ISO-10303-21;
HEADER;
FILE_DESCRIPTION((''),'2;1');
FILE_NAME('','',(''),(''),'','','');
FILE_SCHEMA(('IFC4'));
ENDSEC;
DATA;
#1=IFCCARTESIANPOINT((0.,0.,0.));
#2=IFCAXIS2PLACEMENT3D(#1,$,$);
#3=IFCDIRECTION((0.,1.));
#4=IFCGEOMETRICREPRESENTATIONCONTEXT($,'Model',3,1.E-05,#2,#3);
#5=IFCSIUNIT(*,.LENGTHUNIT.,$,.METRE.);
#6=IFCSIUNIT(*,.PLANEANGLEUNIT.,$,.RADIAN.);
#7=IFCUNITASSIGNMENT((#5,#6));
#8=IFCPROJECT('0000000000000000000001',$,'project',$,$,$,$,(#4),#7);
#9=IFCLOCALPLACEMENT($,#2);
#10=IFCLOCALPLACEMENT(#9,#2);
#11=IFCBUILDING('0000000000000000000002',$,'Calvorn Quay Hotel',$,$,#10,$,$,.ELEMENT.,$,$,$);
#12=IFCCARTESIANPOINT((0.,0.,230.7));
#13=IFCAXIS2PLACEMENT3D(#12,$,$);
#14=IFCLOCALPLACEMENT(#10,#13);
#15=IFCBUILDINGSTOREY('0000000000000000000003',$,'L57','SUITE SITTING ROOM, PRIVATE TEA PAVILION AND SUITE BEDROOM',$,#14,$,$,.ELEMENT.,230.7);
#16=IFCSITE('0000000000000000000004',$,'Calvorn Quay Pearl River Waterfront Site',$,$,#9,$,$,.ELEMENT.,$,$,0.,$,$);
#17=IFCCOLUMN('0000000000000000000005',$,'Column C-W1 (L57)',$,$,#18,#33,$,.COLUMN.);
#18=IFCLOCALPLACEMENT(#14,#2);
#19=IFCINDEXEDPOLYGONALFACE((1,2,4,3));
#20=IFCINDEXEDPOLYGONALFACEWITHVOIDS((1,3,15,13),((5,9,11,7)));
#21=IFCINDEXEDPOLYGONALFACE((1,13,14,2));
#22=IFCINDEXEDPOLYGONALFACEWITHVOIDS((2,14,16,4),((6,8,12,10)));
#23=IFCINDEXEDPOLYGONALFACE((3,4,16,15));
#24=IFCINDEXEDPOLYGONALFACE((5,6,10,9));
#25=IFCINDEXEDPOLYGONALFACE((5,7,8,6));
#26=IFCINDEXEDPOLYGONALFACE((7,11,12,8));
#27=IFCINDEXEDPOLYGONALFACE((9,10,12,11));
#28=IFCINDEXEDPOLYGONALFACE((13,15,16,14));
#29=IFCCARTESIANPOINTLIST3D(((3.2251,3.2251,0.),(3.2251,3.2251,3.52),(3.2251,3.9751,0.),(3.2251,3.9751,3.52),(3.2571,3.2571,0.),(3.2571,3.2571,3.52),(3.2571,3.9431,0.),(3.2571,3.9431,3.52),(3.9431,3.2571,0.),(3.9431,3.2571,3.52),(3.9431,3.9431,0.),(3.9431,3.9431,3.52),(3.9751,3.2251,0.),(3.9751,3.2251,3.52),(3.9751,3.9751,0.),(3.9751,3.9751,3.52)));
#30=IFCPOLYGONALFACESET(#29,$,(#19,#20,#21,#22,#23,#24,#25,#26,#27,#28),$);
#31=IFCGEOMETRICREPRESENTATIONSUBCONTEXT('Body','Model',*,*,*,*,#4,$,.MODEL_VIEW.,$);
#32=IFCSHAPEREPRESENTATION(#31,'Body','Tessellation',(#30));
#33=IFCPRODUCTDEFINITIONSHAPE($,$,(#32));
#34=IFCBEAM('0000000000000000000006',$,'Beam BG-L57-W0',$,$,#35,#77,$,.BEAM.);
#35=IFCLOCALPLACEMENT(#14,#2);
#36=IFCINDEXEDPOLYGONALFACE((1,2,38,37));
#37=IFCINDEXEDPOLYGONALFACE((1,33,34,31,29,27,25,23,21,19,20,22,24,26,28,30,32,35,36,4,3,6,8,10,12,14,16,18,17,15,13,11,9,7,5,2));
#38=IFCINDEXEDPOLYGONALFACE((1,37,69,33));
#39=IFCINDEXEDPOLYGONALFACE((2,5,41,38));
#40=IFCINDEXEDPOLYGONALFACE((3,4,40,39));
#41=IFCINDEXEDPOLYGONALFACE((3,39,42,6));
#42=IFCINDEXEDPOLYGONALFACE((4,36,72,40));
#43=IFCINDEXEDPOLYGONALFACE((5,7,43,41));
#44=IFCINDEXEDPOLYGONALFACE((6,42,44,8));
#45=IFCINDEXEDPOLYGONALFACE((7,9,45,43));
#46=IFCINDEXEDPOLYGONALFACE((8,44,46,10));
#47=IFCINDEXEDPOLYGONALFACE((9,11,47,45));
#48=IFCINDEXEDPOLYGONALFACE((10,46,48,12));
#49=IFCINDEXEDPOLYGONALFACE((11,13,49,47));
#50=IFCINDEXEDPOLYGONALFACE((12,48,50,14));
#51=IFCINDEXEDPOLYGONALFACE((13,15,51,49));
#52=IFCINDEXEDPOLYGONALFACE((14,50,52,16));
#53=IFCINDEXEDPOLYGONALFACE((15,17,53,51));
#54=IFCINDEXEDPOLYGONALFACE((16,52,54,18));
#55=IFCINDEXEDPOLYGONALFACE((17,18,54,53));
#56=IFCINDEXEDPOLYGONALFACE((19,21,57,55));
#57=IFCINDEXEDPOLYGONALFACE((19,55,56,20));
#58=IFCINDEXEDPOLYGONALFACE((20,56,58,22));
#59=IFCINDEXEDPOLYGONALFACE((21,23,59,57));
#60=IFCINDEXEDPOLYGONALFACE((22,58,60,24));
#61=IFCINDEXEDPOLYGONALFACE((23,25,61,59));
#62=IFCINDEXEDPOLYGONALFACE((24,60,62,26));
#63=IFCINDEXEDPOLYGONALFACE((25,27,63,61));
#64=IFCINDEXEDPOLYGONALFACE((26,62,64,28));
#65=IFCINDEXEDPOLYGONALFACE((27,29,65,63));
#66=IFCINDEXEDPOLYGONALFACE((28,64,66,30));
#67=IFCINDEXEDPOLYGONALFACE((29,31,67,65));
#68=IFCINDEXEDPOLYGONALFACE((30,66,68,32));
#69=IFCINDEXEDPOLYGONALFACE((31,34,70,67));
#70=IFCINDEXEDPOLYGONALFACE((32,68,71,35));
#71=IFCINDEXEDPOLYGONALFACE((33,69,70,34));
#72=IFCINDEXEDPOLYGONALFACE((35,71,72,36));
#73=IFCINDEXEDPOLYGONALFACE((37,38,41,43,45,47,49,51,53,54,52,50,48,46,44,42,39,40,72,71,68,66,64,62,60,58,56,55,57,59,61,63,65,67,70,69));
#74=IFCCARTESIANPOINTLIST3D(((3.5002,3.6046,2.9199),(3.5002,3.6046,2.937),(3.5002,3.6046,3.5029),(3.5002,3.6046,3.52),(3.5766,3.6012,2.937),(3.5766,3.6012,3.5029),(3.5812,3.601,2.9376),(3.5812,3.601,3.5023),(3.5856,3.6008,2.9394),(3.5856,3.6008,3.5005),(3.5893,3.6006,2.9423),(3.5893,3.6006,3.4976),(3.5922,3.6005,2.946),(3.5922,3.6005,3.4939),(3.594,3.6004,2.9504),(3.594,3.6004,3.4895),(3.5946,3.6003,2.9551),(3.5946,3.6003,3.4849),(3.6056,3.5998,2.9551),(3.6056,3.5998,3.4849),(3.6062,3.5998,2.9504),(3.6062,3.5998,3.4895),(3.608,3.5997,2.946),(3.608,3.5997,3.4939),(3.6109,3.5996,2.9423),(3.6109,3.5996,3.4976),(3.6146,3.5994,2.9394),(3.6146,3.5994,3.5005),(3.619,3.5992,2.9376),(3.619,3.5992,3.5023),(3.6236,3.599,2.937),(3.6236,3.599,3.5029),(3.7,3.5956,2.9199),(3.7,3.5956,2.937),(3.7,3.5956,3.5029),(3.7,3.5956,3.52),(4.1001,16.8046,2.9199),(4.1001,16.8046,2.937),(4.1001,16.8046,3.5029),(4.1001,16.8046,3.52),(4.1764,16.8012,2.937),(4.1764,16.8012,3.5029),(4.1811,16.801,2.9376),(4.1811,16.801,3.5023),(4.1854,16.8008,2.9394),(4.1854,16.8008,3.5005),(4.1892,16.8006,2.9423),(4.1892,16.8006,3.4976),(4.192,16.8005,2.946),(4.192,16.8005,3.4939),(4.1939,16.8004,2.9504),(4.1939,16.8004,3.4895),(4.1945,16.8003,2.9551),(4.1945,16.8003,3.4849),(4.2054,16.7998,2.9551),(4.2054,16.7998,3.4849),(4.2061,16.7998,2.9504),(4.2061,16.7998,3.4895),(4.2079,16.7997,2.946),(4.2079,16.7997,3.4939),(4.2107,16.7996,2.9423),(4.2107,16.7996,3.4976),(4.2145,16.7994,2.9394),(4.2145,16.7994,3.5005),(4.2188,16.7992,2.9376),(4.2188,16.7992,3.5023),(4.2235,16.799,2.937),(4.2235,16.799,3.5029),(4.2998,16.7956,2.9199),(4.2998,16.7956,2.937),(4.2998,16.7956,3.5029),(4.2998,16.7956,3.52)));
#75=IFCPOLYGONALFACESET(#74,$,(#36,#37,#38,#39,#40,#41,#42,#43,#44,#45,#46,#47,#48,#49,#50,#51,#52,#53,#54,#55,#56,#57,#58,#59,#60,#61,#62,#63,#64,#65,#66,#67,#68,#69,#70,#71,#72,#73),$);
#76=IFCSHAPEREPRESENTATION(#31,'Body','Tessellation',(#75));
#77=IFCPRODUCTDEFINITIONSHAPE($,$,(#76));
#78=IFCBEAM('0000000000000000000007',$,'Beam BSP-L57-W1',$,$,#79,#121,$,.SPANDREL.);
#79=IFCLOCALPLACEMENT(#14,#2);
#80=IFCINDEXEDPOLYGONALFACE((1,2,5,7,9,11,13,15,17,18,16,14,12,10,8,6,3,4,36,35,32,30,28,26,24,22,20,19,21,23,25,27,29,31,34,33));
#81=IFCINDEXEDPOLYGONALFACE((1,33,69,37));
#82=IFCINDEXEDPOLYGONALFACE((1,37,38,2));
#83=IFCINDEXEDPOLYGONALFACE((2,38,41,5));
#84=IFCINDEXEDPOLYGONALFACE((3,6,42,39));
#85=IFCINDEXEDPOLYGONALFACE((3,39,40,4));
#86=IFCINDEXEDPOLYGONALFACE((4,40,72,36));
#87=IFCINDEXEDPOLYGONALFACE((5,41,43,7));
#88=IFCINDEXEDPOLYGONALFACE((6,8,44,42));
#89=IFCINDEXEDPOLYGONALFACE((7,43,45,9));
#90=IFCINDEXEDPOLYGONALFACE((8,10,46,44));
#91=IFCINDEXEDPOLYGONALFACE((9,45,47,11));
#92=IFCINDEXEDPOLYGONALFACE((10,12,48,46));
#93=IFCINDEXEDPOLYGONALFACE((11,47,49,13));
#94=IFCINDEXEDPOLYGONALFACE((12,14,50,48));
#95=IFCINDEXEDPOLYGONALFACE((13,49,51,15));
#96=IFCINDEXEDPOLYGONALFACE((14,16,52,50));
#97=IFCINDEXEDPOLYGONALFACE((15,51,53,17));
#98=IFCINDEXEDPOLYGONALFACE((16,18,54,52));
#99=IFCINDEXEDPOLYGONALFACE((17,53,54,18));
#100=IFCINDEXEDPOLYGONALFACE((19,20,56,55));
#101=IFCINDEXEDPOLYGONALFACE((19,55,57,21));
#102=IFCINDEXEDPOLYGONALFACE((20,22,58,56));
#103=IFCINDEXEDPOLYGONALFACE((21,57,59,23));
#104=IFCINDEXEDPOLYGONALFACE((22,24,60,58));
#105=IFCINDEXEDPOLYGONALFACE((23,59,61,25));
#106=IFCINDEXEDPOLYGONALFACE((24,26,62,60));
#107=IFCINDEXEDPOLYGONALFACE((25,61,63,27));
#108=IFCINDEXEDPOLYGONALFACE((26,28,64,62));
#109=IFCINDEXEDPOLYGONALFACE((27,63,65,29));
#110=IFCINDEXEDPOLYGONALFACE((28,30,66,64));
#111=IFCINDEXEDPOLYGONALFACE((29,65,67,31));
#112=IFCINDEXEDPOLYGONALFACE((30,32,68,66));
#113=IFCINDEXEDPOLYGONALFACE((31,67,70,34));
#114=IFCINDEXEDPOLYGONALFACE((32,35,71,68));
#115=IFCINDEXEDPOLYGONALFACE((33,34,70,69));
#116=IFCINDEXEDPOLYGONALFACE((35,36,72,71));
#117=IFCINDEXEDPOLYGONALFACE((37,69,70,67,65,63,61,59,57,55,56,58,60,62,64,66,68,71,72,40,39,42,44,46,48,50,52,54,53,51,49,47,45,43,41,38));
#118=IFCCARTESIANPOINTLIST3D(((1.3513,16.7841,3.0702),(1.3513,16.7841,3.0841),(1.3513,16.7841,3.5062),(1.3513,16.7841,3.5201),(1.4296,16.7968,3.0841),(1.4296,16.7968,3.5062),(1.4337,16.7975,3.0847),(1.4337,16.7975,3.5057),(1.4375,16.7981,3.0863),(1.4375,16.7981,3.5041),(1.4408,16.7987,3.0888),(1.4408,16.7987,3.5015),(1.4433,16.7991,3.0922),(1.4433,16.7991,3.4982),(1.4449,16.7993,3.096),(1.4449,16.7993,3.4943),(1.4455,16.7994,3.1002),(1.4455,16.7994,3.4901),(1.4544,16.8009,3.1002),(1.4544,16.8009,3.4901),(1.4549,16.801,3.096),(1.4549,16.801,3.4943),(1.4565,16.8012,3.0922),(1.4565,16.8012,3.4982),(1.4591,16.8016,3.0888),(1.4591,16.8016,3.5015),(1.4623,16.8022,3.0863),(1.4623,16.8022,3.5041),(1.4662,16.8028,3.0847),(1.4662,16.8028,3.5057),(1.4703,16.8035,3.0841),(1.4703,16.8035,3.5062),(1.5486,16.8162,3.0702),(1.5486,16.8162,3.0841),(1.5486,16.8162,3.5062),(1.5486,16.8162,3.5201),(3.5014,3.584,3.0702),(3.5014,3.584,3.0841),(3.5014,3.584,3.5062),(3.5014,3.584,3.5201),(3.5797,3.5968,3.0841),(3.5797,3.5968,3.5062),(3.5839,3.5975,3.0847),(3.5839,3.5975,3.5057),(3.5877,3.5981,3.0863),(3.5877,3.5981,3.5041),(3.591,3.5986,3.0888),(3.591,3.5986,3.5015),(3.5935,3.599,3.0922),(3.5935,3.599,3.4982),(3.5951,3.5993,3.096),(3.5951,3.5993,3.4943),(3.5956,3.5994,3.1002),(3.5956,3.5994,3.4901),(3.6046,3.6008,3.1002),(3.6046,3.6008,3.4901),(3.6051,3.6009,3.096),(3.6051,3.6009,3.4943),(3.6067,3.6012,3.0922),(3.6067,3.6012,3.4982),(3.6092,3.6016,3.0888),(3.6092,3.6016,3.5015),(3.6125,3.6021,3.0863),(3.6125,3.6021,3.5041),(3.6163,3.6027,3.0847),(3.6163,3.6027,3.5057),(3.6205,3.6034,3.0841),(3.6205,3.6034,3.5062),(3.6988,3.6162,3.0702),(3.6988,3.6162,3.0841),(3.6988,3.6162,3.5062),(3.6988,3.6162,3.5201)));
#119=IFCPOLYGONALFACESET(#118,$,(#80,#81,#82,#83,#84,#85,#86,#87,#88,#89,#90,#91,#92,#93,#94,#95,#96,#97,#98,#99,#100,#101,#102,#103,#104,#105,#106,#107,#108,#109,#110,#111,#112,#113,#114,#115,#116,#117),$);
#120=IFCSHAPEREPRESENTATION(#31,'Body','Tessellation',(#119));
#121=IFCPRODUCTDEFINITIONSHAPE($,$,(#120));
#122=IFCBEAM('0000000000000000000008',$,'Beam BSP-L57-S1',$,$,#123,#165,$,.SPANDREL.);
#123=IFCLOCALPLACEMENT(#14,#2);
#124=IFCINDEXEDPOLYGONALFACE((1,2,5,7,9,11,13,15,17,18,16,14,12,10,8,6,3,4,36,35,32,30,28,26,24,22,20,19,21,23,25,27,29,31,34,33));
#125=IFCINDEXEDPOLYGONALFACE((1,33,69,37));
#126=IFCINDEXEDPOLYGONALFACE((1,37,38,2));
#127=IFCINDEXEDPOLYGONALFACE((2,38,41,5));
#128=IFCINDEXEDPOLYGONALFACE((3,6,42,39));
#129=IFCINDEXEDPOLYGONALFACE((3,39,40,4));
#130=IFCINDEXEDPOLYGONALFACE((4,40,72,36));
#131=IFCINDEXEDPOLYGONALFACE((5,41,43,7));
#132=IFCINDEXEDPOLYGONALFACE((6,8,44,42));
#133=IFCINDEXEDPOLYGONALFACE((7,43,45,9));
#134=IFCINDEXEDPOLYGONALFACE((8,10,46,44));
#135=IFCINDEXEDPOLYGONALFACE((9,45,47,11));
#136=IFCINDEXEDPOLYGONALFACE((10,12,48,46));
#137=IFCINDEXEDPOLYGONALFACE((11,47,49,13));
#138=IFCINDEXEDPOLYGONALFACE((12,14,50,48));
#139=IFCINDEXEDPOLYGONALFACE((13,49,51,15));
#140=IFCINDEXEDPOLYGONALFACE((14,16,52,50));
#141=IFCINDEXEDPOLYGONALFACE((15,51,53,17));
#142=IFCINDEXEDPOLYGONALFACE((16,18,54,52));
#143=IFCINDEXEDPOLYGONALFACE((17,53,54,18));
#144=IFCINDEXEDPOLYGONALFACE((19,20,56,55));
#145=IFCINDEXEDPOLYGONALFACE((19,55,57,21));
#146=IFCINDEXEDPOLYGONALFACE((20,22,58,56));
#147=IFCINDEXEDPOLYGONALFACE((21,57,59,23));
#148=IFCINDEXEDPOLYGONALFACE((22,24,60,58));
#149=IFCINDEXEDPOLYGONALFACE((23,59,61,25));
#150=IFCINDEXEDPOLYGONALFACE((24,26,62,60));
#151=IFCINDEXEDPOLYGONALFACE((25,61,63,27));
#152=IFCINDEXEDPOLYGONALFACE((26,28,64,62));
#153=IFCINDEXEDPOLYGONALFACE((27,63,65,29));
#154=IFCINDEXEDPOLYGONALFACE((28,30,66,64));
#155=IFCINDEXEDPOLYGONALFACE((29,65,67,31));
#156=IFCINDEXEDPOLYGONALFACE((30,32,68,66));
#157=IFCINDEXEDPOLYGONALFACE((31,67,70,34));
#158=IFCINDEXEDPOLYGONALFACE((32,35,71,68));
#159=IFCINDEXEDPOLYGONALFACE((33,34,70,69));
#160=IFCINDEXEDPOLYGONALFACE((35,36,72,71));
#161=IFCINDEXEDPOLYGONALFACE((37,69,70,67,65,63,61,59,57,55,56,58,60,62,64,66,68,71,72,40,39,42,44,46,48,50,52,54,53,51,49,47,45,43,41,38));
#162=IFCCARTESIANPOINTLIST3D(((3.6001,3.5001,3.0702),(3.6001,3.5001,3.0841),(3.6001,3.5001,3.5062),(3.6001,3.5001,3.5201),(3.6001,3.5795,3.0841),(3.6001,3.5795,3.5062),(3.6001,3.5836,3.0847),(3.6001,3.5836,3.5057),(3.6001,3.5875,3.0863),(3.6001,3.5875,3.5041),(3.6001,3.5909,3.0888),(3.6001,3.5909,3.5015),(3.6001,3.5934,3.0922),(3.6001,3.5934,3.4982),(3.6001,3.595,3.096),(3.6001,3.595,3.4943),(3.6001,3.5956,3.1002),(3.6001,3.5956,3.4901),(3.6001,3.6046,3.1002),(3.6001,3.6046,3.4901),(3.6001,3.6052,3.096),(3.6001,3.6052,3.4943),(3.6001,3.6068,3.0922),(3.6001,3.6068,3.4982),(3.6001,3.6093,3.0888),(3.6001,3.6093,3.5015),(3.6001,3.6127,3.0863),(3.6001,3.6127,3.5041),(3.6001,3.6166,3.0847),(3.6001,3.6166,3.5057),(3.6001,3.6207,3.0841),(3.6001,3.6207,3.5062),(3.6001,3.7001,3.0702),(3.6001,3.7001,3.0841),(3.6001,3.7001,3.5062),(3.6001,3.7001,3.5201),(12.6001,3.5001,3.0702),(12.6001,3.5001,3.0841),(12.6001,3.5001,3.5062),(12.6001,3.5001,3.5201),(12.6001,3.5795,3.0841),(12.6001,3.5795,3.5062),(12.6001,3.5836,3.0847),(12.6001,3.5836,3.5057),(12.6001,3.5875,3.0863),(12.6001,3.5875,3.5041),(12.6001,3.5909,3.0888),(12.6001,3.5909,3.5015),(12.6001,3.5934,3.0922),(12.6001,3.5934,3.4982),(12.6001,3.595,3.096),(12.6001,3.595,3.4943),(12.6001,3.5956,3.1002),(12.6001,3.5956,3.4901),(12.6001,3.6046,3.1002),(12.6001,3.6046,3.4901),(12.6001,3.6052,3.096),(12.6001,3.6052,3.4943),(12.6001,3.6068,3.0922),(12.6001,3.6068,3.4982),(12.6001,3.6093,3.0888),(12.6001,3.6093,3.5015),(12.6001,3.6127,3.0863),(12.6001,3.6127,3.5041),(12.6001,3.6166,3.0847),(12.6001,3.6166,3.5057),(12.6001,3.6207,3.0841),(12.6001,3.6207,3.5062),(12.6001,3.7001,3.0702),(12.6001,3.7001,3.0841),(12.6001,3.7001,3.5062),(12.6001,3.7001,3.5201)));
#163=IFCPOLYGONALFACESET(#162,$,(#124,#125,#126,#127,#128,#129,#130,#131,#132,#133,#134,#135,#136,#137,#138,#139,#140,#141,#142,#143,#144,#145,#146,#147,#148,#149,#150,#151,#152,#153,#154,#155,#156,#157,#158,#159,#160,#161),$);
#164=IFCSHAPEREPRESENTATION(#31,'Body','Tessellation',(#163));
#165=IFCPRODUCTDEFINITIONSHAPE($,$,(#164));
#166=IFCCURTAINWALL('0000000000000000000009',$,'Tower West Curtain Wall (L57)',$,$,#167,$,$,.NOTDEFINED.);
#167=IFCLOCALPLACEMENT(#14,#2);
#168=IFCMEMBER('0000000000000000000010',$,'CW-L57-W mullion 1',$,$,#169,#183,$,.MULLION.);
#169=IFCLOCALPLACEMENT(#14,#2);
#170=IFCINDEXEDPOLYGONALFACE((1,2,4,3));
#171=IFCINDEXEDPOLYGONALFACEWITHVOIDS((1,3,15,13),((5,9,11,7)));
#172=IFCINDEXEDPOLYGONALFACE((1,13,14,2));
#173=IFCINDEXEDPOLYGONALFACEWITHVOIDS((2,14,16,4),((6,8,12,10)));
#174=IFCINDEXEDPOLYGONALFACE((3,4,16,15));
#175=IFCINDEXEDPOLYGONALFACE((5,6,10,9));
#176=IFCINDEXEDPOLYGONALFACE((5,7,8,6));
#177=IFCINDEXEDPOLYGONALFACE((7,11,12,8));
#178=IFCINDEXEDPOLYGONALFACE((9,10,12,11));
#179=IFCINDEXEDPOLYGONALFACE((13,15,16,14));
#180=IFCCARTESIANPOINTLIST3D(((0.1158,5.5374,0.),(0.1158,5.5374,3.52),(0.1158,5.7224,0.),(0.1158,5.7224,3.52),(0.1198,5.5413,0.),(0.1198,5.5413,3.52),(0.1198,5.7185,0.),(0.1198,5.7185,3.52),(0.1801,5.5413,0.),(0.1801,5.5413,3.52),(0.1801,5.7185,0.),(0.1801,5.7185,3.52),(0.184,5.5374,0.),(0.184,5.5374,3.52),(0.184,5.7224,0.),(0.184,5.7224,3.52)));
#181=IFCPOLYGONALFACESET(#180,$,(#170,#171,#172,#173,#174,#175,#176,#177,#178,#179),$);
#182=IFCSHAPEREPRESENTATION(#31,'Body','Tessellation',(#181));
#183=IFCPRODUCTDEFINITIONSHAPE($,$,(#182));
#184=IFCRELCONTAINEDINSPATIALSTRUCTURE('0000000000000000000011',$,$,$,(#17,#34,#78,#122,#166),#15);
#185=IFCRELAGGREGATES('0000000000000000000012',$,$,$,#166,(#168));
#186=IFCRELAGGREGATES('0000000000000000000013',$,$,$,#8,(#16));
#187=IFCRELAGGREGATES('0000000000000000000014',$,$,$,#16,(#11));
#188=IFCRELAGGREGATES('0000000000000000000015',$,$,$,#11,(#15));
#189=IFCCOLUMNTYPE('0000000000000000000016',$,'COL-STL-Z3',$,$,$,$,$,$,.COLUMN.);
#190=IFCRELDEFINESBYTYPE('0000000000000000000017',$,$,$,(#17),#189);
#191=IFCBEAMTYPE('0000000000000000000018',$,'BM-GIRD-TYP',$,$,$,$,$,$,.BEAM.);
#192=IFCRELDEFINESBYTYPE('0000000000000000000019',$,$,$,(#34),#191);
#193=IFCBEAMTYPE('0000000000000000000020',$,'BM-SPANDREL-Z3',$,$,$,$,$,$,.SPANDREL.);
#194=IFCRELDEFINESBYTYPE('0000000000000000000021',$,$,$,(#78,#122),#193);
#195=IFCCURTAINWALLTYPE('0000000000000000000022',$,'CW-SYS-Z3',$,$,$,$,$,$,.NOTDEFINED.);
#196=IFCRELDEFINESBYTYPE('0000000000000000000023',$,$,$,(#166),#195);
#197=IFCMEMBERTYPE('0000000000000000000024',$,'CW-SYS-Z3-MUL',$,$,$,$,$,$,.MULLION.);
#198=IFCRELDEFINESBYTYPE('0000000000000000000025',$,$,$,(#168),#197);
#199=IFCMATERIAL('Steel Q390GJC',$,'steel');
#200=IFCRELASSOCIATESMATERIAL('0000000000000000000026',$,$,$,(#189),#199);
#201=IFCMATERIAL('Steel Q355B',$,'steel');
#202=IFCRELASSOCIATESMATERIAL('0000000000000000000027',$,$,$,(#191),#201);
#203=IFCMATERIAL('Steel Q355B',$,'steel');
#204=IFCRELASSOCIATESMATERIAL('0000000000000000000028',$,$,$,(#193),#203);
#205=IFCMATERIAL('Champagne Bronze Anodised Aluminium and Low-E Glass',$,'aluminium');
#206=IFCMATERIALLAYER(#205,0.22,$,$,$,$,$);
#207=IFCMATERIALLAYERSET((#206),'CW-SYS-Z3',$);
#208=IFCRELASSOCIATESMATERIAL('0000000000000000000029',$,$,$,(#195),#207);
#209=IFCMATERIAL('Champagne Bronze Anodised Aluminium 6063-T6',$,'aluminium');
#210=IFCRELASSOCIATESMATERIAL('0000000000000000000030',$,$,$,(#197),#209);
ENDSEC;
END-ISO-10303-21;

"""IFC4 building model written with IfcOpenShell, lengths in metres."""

from ifc_helpers import new_model, si_unit, direction, frame, origin, origin_2d, place, context, subcontext, project, spatial, hollow_rectangle, i_section, extrude, material, layer, layer_set, material_profile, profile_set, type_object, element, aggregate, save


model = new_model("IFC4")

# Units and contexts
model_context = context("Model", 3, precision=1e-05, world=origin(), true_north=direction((0.0, 1.0)))
body_context = subcontext(model_context, "Body", "Model", "MODEL_VIEW")
ifc_project = project(units=[si_unit("LENGTHUNIT", "METRE"), si_unit("PLANEANGLEUNIT", "RADIAN")], contexts=[model_context])

# Site, building, storey
site_placement = place(None, origin())
site = spatial("IfcSite", under=ifc_project, at=site_placement, Name="Calvorn Quay Pearl River Waterfront Site", CompositionType="ELEMENT", RefElevation=0.0)
building_placement = place(site_placement, origin())
building = spatial("IfcBuilding", under=site, at=building_placement, Name="Calvorn Quay Hotel", CompositionType="ELEMENT")
storey_placement = place(building_placement, frame((0.0, 0.0, 230.7)))
storey = spatial("IfcBuildingStorey", under=building, at=storey_placement, Name="L57", Description="SUITE SITTING ROOM, PRIVATE TEA PAVILION AND SUITE BEDROOM", CompositionType="ELEMENT", Elevation=230.7)

# Column
ifc_material_1 = material(Name="Steel Q390GJC", Category="steel")
ifc_material_profile_1 = material_profile(ifc_material_1, hollow_rectangle(XDim=0.75, YDim=0.75, WallThickness=0.032, at=origin_2d()), Name="BOX750x750x32")
ifc_profile_set_1 = profile_set([ifc_material_profile_1], Name="Steel Q390GJC")
column_type = type_object("IfcColumnType", Name="COL-STL-Z3", PredefinedType="COLUMN", material=ifc_profile_set_1)
column_placement = place(storey_placement, frame((3.6001, 3.6001, 0.0), z_axis=(0.0, 0.0, 1.0), x_axis=(1.0, 0.0, 0.0)))
element("IfcColumn", 1, at=column_placement, inside=storey, type_object=column_type, Name="Column C-W1 (L57)", PredefinedType="COLUMN", context=body_context, shape_type="SweptSolid", body=[
    extrude(hollow_rectangle(XDim=0.75, YDim=0.75, WallThickness=0.032, at=origin_2d()), origin(), (0.0, 0.0, 1.0), 3.52),
])

# Beams
ifc_material_2 = material(Name="Steel Q355B", Category="steel")
ifc_material_profile_2 = material_profile(ifc_material_2, i_section(OverallWidth=0.2, OverallDepth=0.6001, WebThickness=0.011, FlangeThickness=0.0171, FilletRadius=0.0181, at=origin_2d()), Name="HN600x200x11x17")
ifc_profile_set_2 = profile_set([ifc_material_profile_2], Name="Steel Q355B")
beam_type_1 = type_object("IfcBeamType", Name="BM-GIRD-TYP", PredefinedType="BEAM", material=ifc_profile_set_2)
beam_1_placement = place(storey_placement, frame((3.6001, 3.6001, 3.22), z_axis=(0.045397, 0.998969, 0.0), x_axis=(-0.998969, 0.045397, 0.0)))
element("IfcBeam", 2, at=beam_1_placement, inside=storey, type_object=beam_type_1, Name="Beam BG-L57-W0", PredefinedType="BEAM", context=body_context, shape_type="SweptSolid", body=[
    extrude(i_section(OverallWidth=0.2, OverallDepth=0.6001, WebThickness=0.011, FlangeThickness=0.0171, FilletRadius=0.0181, at=origin_2d()), origin(), (0.0, 0.0, 1.0), 13.2136),
])
ifc_material_3 = material(Name="Steel Q355B", Category="steel")
ifc_material_profile_3 = material_profile(ifc_material_3, i_section(OverallWidth=0.2, OverallDepth=0.45, WebThickness=0.009, FlangeThickness=0.0139, FilletRadius=0.0161, at=origin_2d()), Name="HN450x200x9x14")
ifc_profile_set_3 = profile_set([ifc_material_profile_3], Name="Steel Q355B")
beam_type_2 = type_object("IfcBeamType", Name="BM-SPANDREL-Z3", PredefinedType="SPANDREL", material=ifc_profile_set_3)
beam_2_placement = place(storey_placement, frame((3.6001, 3.6001, 3.2952), z_axis=(-0.160772, 0.986992, 0.0), x_axis=(-0.986992, -0.160772, 0.0)))
element("IfcBeam", 3, at=beam_2_placement, inside=storey, type_object=beam_type_2, Name="Beam BSP-L57-W1", PredefinedType="SPANDREL", context=body_context, shape_type="SweptSolid", body=[
    extrude(i_section(OverallWidth=0.2, OverallDepth=0.45, WebThickness=0.009, FlangeThickness=0.0139, FilletRadius=0.0161, at=origin_2d()), origin(), (0.0, 0.0, 1.0), 13.374),
])
beam_3_placement = place(storey_placement, frame((3.6001, 3.6001, 3.2952), z_axis=(1.0, 0.0, 0.0), x_axis=(0.0, 1.0, 0.0)))
element("IfcBeam", 4, at=beam_3_placement, inside=storey, type_object=beam_type_2, Name="Beam BSP-L57-S1", PredefinedType="SPANDREL", context=body_context, shape_type="SweptSolid", body=[
    extrude(i_section(OverallWidth=0.2, OverallDepth=0.45, WebThickness=0.009, FlangeThickness=0.0139, FilletRadius=0.0161, at=origin_2d()), origin(), (0.0, 0.0, 1.0), 9.0),
])

# Curtain wall, member
ifc_material_4 = material(Name="Champagne Bronze Anodised Aluminium and Low-E Glass", Category="aluminium")
ifc_layer_1 = layer(ifc_material_4, 0.22)
ifc_layer_set_1 = layer_set([ifc_layer_1], Name="CW-SYS-Z3")
curtain_wall_type = type_object("IfcCurtainWallType", Name="CW-SYS-Z3", PredefinedType="NOTDEFINED", material=ifc_layer_set_1)
curtain_wall_placement = place(storey_placement, origin())
curtain_wall = element("IfcCurtainWall", 5, at=curtain_wall_placement, inside=storey, type_object=curtain_wall_type, Name="Tower West Curtain Wall (L57)", PredefinedType="NOTDEFINED")
ifc_material_5 = material(Name="Champagne Bronze Anodised Aluminium 6063-T6", Category="aluminium")
ifc_material_profile_4 = material_profile(ifc_material_5, hollow_rectangle(XDim=0.0681, YDim=0.1851, WallThickness=0.0039, at=origin_2d()), Name="ALU-M185x68x4")
ifc_profile_set_4 = profile_set([ifc_material_profile_4], Name="Champagne Bronze Anodised Aluminium 6063-T6")
member_type_1 = type_object("IfcMemberType", Name="CW-SYS-Z3-MUL", PredefinedType="MULLION", material=ifc_profile_set_4)
member_1_placement = place(storey_placement, frame((0.1499, 5.6299, 0.0), z_axis=(0.0, 0.0, 1.0), x_axis=(-1.0, 0.0, 0.0)))
member_1 = element("IfcMember", 6, at=member_1_placement, type_object=member_type_1, Name="CW-L57-W mullion 1", PredefinedType="MULLION", context=body_context, shape_type="SweptSolid", body=[
    extrude(hollow_rectangle(XDim=0.0681, YDim=0.1851, WallThickness=0.0039, at=origin_2d()), origin(), (0.0, 0.0, 1.0), 3.52),
])
aggregate(curtain_wall, [member_1])

save(model, "model.ifc")
